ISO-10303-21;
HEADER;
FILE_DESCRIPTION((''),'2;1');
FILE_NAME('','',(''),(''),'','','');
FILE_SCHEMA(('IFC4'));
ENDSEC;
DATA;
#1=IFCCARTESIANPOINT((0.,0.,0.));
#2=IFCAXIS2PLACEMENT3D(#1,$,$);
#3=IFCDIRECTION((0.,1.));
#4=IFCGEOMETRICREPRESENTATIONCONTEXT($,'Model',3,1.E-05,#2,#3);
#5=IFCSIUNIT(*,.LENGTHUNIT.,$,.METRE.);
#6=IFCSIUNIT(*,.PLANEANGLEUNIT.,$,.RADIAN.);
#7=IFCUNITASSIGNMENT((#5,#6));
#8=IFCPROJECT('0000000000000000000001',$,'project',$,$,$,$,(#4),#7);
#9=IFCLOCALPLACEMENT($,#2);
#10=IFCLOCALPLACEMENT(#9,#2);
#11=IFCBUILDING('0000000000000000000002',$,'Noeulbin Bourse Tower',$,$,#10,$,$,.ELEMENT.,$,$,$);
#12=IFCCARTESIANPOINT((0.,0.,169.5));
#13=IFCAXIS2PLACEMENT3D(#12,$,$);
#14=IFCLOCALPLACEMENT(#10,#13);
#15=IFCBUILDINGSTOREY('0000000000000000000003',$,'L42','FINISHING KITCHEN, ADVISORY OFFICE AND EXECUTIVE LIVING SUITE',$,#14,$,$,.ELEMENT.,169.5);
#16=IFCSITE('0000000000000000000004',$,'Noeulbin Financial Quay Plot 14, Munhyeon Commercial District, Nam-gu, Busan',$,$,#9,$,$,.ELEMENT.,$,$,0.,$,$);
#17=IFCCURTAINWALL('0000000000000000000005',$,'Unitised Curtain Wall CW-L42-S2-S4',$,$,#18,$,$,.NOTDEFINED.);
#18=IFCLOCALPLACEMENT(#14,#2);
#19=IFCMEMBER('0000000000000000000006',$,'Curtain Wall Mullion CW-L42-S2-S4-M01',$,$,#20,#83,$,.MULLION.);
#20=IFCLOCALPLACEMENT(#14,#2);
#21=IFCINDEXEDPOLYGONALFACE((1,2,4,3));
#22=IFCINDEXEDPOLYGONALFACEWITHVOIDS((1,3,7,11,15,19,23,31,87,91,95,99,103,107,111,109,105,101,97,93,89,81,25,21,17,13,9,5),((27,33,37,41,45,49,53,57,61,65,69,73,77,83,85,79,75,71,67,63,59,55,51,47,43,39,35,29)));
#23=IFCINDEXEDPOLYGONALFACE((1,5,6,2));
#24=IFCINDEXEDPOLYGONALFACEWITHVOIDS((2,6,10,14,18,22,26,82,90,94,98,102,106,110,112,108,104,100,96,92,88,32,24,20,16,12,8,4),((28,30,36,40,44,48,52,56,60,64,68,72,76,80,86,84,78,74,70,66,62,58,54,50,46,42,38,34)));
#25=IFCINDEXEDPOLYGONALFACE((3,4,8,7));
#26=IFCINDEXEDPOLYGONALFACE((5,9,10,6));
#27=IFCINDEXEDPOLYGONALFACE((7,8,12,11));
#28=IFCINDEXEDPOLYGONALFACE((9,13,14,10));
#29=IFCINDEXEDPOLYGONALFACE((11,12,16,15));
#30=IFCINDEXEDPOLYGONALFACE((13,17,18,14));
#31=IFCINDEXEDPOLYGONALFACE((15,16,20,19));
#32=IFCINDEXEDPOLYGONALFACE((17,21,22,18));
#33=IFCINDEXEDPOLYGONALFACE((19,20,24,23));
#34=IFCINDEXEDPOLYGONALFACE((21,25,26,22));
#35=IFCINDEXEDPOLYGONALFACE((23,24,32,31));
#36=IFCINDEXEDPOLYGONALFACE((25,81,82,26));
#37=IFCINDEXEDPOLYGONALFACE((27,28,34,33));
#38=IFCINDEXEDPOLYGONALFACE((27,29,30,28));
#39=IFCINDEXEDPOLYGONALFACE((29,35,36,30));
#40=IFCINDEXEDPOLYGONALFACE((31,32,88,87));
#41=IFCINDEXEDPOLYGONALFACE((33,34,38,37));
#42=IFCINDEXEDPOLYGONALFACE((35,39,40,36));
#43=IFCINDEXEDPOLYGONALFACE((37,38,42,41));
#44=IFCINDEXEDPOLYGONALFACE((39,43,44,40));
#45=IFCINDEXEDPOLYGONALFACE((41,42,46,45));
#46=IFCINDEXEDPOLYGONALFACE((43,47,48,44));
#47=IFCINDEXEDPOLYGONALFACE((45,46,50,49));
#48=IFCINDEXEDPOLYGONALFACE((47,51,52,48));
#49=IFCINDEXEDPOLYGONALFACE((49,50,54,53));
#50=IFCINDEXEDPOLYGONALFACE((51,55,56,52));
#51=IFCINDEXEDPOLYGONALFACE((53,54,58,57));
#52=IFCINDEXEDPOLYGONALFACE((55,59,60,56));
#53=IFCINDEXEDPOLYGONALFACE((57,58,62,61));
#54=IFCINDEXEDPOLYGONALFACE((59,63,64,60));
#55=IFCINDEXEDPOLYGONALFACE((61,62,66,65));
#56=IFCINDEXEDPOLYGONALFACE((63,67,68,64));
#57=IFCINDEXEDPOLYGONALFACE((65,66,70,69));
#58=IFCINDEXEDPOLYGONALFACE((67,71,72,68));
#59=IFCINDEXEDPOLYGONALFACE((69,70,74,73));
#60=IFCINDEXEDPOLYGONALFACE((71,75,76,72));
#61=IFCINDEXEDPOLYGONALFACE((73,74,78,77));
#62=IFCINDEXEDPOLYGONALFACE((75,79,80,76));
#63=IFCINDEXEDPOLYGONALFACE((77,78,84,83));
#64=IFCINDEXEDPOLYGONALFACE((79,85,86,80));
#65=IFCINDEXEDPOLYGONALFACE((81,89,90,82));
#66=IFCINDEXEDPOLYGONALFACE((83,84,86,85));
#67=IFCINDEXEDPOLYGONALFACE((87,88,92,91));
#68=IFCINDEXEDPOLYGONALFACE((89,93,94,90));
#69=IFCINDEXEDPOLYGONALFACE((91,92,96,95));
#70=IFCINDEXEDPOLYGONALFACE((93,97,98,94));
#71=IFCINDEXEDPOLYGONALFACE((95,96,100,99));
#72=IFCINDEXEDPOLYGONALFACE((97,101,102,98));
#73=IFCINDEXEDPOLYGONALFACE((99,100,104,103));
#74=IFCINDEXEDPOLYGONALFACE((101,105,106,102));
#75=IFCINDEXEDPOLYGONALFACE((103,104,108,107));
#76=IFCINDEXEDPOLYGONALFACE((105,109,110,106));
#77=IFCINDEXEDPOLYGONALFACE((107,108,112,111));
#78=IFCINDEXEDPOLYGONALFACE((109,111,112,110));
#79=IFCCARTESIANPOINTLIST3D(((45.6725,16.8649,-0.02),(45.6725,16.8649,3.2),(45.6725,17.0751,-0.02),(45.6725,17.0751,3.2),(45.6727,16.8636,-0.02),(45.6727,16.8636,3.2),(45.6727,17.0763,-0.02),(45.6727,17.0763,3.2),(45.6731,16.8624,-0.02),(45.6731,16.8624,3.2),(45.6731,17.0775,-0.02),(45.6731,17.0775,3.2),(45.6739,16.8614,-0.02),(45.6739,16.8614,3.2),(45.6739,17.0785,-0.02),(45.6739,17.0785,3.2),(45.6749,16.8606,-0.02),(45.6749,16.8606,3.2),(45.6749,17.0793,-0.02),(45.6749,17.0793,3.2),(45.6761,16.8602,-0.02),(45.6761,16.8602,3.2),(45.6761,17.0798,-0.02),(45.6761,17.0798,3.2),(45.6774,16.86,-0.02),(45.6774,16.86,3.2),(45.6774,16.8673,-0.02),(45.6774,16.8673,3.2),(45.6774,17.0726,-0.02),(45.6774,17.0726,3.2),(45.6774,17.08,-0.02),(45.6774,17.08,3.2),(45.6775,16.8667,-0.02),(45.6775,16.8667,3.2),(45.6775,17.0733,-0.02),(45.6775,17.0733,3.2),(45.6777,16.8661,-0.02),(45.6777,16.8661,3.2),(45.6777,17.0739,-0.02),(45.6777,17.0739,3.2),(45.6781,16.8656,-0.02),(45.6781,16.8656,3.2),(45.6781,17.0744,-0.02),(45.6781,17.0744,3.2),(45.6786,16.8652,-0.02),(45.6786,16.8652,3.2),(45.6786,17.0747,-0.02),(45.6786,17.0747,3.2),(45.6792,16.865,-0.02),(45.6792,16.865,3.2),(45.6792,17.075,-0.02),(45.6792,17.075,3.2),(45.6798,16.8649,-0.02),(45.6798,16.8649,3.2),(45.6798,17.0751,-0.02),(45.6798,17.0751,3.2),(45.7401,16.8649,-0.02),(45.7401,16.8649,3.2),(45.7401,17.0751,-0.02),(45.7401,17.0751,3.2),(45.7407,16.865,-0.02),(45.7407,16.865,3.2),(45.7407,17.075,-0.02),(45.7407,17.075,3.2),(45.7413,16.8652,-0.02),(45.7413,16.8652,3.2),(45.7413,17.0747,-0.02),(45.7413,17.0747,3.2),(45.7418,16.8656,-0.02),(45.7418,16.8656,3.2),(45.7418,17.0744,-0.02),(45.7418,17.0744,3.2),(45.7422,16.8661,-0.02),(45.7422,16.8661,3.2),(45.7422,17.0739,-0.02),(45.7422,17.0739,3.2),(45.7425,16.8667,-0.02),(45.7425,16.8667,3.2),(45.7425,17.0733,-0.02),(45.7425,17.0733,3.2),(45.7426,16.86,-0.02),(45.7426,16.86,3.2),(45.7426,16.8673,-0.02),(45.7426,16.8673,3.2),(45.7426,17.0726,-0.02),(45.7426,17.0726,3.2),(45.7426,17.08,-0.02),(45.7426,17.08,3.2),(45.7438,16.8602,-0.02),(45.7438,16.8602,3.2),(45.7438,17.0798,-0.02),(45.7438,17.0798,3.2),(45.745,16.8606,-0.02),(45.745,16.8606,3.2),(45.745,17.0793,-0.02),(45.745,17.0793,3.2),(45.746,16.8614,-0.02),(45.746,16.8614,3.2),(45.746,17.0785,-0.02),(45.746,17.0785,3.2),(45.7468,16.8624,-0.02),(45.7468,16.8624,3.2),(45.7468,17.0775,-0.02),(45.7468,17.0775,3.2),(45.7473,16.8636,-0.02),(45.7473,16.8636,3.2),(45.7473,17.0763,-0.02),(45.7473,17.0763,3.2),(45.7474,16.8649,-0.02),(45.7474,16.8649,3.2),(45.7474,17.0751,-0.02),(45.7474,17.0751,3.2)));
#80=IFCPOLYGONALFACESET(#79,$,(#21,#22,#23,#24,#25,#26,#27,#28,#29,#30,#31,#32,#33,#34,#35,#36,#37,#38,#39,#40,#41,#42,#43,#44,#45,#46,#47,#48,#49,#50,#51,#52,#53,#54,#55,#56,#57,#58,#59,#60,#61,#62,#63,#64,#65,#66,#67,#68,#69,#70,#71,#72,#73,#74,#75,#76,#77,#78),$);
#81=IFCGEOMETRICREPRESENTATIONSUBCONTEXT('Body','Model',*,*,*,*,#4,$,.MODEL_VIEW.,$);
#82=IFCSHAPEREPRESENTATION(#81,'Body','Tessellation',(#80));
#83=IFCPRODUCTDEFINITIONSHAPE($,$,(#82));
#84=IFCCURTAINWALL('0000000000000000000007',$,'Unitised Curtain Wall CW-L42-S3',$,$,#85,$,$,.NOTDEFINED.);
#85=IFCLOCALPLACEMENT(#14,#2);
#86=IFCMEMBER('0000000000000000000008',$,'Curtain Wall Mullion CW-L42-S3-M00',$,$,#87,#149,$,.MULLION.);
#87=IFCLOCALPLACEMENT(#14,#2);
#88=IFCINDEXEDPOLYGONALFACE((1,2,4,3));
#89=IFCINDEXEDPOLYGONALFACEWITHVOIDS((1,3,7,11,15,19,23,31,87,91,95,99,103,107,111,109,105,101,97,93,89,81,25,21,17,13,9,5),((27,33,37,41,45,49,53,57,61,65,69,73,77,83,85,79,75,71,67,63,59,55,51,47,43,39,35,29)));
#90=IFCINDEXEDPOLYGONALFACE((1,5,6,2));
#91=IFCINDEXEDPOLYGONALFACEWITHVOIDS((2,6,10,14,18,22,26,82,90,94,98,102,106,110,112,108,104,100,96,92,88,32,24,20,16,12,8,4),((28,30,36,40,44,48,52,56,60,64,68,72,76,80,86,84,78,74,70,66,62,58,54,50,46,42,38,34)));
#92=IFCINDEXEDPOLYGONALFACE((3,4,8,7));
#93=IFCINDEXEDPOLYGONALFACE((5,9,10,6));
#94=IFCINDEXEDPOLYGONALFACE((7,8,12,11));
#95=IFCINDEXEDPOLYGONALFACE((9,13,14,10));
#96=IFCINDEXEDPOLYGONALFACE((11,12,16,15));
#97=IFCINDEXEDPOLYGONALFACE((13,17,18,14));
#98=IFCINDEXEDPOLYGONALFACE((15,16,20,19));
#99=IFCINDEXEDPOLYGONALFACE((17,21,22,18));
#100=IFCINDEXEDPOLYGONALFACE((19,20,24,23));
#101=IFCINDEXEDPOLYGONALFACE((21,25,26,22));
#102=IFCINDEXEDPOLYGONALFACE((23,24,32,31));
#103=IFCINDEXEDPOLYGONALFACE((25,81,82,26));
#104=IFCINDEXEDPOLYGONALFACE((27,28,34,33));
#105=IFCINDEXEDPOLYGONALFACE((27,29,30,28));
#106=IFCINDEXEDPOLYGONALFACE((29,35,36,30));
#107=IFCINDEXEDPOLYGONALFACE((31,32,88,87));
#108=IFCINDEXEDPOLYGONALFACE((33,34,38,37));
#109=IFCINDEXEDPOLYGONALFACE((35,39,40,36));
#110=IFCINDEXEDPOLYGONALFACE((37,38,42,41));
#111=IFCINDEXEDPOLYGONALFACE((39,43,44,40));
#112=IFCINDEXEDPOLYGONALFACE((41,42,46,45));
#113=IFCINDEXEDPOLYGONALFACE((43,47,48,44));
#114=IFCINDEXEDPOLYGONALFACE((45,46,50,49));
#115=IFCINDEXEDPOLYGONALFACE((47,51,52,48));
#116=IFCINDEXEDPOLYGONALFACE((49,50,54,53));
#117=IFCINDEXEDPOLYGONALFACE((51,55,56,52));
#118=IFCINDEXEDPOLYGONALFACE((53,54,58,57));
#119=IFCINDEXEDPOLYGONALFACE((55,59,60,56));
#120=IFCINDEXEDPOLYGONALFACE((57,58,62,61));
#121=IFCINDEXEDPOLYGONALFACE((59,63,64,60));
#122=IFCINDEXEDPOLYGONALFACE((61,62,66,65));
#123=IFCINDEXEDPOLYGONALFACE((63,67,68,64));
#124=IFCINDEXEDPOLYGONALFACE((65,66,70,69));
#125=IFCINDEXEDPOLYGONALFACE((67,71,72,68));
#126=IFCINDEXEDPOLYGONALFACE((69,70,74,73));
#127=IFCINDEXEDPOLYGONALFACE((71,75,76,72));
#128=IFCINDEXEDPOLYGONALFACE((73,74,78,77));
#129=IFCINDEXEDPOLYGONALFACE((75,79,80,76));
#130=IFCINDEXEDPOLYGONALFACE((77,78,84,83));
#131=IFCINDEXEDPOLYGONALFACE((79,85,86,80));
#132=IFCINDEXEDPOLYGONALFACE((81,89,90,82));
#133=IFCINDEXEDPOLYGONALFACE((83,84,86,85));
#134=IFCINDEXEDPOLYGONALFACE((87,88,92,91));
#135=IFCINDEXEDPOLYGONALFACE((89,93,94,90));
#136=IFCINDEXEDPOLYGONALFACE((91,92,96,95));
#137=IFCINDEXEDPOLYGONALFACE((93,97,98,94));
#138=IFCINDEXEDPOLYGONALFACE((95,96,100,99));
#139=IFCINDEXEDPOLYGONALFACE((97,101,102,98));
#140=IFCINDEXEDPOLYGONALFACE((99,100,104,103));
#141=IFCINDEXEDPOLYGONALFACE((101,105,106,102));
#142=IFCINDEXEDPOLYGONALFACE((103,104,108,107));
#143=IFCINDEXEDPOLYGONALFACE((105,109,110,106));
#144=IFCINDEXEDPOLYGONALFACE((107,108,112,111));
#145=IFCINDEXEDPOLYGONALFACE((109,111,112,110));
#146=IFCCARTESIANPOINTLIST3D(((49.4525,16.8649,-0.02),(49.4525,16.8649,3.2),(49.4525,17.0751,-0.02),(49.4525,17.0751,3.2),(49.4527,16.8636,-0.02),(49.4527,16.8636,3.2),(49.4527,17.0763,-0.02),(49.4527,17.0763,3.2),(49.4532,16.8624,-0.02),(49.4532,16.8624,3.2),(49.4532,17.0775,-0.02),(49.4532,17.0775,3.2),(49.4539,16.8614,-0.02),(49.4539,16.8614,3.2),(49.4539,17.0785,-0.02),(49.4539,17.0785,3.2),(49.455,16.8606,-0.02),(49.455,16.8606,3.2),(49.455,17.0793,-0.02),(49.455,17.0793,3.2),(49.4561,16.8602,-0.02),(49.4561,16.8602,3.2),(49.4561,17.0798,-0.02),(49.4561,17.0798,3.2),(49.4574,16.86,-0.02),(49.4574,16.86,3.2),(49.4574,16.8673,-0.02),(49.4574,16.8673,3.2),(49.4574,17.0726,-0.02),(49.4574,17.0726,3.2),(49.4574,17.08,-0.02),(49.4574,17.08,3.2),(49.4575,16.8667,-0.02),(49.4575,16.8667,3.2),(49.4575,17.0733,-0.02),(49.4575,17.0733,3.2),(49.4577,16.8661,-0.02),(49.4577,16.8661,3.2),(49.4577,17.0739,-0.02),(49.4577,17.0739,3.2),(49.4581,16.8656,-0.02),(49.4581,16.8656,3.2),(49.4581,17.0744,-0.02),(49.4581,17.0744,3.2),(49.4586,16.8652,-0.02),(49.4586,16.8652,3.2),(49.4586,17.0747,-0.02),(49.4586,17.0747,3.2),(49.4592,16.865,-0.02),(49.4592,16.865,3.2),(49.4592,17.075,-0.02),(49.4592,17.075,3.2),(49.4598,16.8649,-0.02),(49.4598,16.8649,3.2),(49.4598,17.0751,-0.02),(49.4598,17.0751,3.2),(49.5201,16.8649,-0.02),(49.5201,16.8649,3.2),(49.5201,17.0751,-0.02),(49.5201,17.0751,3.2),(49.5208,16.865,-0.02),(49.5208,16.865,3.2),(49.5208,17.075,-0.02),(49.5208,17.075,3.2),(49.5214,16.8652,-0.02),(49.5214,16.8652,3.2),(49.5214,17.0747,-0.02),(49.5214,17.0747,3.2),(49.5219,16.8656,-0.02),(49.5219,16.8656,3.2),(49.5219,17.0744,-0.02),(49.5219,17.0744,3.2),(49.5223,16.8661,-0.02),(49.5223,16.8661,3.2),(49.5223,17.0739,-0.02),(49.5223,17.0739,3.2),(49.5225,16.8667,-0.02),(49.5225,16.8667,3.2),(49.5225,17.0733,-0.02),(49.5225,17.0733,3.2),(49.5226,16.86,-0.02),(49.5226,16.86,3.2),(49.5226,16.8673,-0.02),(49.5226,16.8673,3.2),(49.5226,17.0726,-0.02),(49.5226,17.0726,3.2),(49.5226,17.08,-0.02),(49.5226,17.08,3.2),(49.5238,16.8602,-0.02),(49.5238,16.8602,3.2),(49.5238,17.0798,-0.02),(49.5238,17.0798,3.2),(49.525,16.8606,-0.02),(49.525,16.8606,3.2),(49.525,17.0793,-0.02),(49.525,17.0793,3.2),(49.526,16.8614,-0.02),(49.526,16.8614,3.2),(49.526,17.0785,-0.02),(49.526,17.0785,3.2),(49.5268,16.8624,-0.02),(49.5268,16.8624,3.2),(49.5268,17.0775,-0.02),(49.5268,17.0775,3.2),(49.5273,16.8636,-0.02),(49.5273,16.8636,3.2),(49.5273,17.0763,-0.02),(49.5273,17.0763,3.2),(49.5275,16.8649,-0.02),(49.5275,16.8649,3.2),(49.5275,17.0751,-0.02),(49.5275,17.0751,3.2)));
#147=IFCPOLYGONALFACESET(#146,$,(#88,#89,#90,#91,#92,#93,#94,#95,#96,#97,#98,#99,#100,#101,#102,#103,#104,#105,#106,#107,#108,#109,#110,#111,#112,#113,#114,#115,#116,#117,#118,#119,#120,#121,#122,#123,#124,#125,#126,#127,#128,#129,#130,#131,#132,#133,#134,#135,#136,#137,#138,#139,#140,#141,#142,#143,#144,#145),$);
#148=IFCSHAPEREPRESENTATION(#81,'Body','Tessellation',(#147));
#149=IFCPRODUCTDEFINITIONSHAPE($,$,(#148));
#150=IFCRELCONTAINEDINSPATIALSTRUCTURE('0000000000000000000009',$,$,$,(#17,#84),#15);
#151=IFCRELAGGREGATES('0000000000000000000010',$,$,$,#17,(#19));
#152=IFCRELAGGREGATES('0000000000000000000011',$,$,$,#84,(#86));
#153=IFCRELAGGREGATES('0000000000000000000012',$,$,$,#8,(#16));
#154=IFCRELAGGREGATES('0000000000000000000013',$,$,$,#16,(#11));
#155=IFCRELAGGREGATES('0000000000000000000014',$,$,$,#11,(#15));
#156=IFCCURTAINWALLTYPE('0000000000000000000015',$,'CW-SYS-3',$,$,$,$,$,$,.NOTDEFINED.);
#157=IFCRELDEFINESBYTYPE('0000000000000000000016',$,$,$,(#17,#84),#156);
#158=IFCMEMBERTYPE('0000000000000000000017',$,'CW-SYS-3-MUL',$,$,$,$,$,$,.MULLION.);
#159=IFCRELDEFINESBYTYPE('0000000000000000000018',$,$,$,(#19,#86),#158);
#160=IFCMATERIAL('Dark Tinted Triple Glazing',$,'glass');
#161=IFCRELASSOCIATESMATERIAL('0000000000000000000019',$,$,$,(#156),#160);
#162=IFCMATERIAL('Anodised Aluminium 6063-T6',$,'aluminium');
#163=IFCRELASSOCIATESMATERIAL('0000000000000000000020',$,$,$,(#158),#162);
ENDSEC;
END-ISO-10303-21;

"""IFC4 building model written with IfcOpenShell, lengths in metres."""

from ifc_helpers import new_model, si_unit, direction, frame, origin, origin_2d, place, context, subcontext, project, spatial, hollow_rectangle, extrude, material, material_profile, profile_set, type_object, element, aggregate, save


model = new_model("IFC4")

# Units and contexts
model_context = context("Model", 3, precision=1e-05, world=origin(), true_north=direction((0.0, 1.0)))
body_context = subcontext(model_context, "Body", "Model", "MODEL_VIEW")
ifc_project = project(units=[si_unit("LENGTHUNIT", "METRE"), si_unit("PLANEANGLEUNIT", "RADIAN")], contexts=[model_context])

# Site, building, storey
site_placement = place(None, origin())
site = spatial("IfcSite", under=ifc_project, at=site_placement, Name="Noeulbin Financial Quay Plot 14, Munhyeon Commercial District, Nam-gu, Busan", CompositionType="ELEMENT", RefElevation=0.0)
building_placement = place(site_placement, origin())
building = spatial("IfcBuilding", under=site, at=building_placement, Name="Noeulbin Bourse Tower", CompositionType="ELEMENT")
storey_placement = place(building_placement, frame((0.0, 0.0, 169.5)))
storey = spatial("IfcBuildingStorey", under=building, at=storey_placement, Name="L42", Description="FINISHING KITCHEN, ADVISORY OFFICE AND EXECUTIVE LIVING SUITE", CompositionType="ELEMENT", Elevation=169.5)

# Shared definitions
ifc_material_1 = material(Name="Dark Tinted Triple Glazing", Category="glass")
curtain_wall_type = type_object("IfcCurtainWallType", Name="CW-SYS-3", PredefinedType="NOTDEFINED", material=ifc_material_1)
ifc_material_2 = material(Name="Anodised Aluminium 6063-T6", Category="aluminium")
ifc_material_profile_1 = material_profile(ifc_material_2, hollow_rectangle(XDim=0.075, YDim=0.22, WallThickness=0.0049, InnerFilletRadius=0.0024, OuterFilletRadius=0.0049, at=origin_2d()), Name="ALU-MULL-75x220x5", Category="LoadBearing")
ifc_profile_set_1 = profile_set([ifc_material_profile_1], Name="Anodised Aluminium 6063-T6")
member_type_1 = type_object("IfcMemberType", Name="CW-SYS-3-MUL", PredefinedType="MULLION", material=ifc_profile_set_1)

# Curtain walls, members
curtain_wall_1_placement = place(storey_placement, origin())
curtain_wall_1 = element("IfcCurtainWall", 1, at=curtain_wall_1_placement, inside=storey, type_object=curtain_wall_type, Name="Unitised Curtain Wall CW-L42-S2-S4", PredefinedType="NOTDEFINED")
member_1_placement = place(storey_placement, frame((45.71, 16.97, -0.02), z_axis=(0.0, 0.0, 1.0), x_axis=(1.0, 0.0, 0.0)))
member_1 = element("IfcMember", 2, at=member_1_placement, type_object=member_type_1, Name="Curtain Wall Mullion CW-L42-S2-S4-M01", PredefinedType="MULLION", context=body_context, shape_type="SweptSolid", body=[
    extrude(hollow_rectangle(XDim=0.075, YDim=0.22, WallThickness=0.0049, InnerFilletRadius=0.0024, OuterFilletRadius=0.0049, at=origin_2d()), origin(), (0.0, 0.0, 1.0), 3.22),
])
curtain_wall_2_placement = place(storey_placement, origin())
curtain_wall_2 = element("IfcCurtainWall", 3, at=curtain_wall_2_placement, inside=storey, type_object=curtain_wall_type, Name="Unitised Curtain Wall CW-L42-S3", PredefinedType="NOTDEFINED")
member_2_placement = place(storey_placement, frame((49.49, 16.97, -0.02), z_axis=(0.0, 0.0, 1.0), x_axis=(1.0, 0.0, 0.0)))
member_2 = element("IfcMember", 4, at=member_2_placement, type_object=member_type_1, Name="Curtain Wall Mullion CW-L42-S3-M00", PredefinedType="MULLION", context=body_context, shape_type="SweptSolid", body=[
    extrude(hollow_rectangle(XDim=0.075, YDim=0.22, WallThickness=0.0049, InnerFilletRadius=0.0024, OuterFilletRadius=0.0049, at=origin_2d()), origin(), (0.0, 0.0, 1.0), 3.22),
])

aggregate(curtain_wall_1, [member_1])
aggregate(curtain_wall_2, [member_2])

save(model, "model.ifc")
